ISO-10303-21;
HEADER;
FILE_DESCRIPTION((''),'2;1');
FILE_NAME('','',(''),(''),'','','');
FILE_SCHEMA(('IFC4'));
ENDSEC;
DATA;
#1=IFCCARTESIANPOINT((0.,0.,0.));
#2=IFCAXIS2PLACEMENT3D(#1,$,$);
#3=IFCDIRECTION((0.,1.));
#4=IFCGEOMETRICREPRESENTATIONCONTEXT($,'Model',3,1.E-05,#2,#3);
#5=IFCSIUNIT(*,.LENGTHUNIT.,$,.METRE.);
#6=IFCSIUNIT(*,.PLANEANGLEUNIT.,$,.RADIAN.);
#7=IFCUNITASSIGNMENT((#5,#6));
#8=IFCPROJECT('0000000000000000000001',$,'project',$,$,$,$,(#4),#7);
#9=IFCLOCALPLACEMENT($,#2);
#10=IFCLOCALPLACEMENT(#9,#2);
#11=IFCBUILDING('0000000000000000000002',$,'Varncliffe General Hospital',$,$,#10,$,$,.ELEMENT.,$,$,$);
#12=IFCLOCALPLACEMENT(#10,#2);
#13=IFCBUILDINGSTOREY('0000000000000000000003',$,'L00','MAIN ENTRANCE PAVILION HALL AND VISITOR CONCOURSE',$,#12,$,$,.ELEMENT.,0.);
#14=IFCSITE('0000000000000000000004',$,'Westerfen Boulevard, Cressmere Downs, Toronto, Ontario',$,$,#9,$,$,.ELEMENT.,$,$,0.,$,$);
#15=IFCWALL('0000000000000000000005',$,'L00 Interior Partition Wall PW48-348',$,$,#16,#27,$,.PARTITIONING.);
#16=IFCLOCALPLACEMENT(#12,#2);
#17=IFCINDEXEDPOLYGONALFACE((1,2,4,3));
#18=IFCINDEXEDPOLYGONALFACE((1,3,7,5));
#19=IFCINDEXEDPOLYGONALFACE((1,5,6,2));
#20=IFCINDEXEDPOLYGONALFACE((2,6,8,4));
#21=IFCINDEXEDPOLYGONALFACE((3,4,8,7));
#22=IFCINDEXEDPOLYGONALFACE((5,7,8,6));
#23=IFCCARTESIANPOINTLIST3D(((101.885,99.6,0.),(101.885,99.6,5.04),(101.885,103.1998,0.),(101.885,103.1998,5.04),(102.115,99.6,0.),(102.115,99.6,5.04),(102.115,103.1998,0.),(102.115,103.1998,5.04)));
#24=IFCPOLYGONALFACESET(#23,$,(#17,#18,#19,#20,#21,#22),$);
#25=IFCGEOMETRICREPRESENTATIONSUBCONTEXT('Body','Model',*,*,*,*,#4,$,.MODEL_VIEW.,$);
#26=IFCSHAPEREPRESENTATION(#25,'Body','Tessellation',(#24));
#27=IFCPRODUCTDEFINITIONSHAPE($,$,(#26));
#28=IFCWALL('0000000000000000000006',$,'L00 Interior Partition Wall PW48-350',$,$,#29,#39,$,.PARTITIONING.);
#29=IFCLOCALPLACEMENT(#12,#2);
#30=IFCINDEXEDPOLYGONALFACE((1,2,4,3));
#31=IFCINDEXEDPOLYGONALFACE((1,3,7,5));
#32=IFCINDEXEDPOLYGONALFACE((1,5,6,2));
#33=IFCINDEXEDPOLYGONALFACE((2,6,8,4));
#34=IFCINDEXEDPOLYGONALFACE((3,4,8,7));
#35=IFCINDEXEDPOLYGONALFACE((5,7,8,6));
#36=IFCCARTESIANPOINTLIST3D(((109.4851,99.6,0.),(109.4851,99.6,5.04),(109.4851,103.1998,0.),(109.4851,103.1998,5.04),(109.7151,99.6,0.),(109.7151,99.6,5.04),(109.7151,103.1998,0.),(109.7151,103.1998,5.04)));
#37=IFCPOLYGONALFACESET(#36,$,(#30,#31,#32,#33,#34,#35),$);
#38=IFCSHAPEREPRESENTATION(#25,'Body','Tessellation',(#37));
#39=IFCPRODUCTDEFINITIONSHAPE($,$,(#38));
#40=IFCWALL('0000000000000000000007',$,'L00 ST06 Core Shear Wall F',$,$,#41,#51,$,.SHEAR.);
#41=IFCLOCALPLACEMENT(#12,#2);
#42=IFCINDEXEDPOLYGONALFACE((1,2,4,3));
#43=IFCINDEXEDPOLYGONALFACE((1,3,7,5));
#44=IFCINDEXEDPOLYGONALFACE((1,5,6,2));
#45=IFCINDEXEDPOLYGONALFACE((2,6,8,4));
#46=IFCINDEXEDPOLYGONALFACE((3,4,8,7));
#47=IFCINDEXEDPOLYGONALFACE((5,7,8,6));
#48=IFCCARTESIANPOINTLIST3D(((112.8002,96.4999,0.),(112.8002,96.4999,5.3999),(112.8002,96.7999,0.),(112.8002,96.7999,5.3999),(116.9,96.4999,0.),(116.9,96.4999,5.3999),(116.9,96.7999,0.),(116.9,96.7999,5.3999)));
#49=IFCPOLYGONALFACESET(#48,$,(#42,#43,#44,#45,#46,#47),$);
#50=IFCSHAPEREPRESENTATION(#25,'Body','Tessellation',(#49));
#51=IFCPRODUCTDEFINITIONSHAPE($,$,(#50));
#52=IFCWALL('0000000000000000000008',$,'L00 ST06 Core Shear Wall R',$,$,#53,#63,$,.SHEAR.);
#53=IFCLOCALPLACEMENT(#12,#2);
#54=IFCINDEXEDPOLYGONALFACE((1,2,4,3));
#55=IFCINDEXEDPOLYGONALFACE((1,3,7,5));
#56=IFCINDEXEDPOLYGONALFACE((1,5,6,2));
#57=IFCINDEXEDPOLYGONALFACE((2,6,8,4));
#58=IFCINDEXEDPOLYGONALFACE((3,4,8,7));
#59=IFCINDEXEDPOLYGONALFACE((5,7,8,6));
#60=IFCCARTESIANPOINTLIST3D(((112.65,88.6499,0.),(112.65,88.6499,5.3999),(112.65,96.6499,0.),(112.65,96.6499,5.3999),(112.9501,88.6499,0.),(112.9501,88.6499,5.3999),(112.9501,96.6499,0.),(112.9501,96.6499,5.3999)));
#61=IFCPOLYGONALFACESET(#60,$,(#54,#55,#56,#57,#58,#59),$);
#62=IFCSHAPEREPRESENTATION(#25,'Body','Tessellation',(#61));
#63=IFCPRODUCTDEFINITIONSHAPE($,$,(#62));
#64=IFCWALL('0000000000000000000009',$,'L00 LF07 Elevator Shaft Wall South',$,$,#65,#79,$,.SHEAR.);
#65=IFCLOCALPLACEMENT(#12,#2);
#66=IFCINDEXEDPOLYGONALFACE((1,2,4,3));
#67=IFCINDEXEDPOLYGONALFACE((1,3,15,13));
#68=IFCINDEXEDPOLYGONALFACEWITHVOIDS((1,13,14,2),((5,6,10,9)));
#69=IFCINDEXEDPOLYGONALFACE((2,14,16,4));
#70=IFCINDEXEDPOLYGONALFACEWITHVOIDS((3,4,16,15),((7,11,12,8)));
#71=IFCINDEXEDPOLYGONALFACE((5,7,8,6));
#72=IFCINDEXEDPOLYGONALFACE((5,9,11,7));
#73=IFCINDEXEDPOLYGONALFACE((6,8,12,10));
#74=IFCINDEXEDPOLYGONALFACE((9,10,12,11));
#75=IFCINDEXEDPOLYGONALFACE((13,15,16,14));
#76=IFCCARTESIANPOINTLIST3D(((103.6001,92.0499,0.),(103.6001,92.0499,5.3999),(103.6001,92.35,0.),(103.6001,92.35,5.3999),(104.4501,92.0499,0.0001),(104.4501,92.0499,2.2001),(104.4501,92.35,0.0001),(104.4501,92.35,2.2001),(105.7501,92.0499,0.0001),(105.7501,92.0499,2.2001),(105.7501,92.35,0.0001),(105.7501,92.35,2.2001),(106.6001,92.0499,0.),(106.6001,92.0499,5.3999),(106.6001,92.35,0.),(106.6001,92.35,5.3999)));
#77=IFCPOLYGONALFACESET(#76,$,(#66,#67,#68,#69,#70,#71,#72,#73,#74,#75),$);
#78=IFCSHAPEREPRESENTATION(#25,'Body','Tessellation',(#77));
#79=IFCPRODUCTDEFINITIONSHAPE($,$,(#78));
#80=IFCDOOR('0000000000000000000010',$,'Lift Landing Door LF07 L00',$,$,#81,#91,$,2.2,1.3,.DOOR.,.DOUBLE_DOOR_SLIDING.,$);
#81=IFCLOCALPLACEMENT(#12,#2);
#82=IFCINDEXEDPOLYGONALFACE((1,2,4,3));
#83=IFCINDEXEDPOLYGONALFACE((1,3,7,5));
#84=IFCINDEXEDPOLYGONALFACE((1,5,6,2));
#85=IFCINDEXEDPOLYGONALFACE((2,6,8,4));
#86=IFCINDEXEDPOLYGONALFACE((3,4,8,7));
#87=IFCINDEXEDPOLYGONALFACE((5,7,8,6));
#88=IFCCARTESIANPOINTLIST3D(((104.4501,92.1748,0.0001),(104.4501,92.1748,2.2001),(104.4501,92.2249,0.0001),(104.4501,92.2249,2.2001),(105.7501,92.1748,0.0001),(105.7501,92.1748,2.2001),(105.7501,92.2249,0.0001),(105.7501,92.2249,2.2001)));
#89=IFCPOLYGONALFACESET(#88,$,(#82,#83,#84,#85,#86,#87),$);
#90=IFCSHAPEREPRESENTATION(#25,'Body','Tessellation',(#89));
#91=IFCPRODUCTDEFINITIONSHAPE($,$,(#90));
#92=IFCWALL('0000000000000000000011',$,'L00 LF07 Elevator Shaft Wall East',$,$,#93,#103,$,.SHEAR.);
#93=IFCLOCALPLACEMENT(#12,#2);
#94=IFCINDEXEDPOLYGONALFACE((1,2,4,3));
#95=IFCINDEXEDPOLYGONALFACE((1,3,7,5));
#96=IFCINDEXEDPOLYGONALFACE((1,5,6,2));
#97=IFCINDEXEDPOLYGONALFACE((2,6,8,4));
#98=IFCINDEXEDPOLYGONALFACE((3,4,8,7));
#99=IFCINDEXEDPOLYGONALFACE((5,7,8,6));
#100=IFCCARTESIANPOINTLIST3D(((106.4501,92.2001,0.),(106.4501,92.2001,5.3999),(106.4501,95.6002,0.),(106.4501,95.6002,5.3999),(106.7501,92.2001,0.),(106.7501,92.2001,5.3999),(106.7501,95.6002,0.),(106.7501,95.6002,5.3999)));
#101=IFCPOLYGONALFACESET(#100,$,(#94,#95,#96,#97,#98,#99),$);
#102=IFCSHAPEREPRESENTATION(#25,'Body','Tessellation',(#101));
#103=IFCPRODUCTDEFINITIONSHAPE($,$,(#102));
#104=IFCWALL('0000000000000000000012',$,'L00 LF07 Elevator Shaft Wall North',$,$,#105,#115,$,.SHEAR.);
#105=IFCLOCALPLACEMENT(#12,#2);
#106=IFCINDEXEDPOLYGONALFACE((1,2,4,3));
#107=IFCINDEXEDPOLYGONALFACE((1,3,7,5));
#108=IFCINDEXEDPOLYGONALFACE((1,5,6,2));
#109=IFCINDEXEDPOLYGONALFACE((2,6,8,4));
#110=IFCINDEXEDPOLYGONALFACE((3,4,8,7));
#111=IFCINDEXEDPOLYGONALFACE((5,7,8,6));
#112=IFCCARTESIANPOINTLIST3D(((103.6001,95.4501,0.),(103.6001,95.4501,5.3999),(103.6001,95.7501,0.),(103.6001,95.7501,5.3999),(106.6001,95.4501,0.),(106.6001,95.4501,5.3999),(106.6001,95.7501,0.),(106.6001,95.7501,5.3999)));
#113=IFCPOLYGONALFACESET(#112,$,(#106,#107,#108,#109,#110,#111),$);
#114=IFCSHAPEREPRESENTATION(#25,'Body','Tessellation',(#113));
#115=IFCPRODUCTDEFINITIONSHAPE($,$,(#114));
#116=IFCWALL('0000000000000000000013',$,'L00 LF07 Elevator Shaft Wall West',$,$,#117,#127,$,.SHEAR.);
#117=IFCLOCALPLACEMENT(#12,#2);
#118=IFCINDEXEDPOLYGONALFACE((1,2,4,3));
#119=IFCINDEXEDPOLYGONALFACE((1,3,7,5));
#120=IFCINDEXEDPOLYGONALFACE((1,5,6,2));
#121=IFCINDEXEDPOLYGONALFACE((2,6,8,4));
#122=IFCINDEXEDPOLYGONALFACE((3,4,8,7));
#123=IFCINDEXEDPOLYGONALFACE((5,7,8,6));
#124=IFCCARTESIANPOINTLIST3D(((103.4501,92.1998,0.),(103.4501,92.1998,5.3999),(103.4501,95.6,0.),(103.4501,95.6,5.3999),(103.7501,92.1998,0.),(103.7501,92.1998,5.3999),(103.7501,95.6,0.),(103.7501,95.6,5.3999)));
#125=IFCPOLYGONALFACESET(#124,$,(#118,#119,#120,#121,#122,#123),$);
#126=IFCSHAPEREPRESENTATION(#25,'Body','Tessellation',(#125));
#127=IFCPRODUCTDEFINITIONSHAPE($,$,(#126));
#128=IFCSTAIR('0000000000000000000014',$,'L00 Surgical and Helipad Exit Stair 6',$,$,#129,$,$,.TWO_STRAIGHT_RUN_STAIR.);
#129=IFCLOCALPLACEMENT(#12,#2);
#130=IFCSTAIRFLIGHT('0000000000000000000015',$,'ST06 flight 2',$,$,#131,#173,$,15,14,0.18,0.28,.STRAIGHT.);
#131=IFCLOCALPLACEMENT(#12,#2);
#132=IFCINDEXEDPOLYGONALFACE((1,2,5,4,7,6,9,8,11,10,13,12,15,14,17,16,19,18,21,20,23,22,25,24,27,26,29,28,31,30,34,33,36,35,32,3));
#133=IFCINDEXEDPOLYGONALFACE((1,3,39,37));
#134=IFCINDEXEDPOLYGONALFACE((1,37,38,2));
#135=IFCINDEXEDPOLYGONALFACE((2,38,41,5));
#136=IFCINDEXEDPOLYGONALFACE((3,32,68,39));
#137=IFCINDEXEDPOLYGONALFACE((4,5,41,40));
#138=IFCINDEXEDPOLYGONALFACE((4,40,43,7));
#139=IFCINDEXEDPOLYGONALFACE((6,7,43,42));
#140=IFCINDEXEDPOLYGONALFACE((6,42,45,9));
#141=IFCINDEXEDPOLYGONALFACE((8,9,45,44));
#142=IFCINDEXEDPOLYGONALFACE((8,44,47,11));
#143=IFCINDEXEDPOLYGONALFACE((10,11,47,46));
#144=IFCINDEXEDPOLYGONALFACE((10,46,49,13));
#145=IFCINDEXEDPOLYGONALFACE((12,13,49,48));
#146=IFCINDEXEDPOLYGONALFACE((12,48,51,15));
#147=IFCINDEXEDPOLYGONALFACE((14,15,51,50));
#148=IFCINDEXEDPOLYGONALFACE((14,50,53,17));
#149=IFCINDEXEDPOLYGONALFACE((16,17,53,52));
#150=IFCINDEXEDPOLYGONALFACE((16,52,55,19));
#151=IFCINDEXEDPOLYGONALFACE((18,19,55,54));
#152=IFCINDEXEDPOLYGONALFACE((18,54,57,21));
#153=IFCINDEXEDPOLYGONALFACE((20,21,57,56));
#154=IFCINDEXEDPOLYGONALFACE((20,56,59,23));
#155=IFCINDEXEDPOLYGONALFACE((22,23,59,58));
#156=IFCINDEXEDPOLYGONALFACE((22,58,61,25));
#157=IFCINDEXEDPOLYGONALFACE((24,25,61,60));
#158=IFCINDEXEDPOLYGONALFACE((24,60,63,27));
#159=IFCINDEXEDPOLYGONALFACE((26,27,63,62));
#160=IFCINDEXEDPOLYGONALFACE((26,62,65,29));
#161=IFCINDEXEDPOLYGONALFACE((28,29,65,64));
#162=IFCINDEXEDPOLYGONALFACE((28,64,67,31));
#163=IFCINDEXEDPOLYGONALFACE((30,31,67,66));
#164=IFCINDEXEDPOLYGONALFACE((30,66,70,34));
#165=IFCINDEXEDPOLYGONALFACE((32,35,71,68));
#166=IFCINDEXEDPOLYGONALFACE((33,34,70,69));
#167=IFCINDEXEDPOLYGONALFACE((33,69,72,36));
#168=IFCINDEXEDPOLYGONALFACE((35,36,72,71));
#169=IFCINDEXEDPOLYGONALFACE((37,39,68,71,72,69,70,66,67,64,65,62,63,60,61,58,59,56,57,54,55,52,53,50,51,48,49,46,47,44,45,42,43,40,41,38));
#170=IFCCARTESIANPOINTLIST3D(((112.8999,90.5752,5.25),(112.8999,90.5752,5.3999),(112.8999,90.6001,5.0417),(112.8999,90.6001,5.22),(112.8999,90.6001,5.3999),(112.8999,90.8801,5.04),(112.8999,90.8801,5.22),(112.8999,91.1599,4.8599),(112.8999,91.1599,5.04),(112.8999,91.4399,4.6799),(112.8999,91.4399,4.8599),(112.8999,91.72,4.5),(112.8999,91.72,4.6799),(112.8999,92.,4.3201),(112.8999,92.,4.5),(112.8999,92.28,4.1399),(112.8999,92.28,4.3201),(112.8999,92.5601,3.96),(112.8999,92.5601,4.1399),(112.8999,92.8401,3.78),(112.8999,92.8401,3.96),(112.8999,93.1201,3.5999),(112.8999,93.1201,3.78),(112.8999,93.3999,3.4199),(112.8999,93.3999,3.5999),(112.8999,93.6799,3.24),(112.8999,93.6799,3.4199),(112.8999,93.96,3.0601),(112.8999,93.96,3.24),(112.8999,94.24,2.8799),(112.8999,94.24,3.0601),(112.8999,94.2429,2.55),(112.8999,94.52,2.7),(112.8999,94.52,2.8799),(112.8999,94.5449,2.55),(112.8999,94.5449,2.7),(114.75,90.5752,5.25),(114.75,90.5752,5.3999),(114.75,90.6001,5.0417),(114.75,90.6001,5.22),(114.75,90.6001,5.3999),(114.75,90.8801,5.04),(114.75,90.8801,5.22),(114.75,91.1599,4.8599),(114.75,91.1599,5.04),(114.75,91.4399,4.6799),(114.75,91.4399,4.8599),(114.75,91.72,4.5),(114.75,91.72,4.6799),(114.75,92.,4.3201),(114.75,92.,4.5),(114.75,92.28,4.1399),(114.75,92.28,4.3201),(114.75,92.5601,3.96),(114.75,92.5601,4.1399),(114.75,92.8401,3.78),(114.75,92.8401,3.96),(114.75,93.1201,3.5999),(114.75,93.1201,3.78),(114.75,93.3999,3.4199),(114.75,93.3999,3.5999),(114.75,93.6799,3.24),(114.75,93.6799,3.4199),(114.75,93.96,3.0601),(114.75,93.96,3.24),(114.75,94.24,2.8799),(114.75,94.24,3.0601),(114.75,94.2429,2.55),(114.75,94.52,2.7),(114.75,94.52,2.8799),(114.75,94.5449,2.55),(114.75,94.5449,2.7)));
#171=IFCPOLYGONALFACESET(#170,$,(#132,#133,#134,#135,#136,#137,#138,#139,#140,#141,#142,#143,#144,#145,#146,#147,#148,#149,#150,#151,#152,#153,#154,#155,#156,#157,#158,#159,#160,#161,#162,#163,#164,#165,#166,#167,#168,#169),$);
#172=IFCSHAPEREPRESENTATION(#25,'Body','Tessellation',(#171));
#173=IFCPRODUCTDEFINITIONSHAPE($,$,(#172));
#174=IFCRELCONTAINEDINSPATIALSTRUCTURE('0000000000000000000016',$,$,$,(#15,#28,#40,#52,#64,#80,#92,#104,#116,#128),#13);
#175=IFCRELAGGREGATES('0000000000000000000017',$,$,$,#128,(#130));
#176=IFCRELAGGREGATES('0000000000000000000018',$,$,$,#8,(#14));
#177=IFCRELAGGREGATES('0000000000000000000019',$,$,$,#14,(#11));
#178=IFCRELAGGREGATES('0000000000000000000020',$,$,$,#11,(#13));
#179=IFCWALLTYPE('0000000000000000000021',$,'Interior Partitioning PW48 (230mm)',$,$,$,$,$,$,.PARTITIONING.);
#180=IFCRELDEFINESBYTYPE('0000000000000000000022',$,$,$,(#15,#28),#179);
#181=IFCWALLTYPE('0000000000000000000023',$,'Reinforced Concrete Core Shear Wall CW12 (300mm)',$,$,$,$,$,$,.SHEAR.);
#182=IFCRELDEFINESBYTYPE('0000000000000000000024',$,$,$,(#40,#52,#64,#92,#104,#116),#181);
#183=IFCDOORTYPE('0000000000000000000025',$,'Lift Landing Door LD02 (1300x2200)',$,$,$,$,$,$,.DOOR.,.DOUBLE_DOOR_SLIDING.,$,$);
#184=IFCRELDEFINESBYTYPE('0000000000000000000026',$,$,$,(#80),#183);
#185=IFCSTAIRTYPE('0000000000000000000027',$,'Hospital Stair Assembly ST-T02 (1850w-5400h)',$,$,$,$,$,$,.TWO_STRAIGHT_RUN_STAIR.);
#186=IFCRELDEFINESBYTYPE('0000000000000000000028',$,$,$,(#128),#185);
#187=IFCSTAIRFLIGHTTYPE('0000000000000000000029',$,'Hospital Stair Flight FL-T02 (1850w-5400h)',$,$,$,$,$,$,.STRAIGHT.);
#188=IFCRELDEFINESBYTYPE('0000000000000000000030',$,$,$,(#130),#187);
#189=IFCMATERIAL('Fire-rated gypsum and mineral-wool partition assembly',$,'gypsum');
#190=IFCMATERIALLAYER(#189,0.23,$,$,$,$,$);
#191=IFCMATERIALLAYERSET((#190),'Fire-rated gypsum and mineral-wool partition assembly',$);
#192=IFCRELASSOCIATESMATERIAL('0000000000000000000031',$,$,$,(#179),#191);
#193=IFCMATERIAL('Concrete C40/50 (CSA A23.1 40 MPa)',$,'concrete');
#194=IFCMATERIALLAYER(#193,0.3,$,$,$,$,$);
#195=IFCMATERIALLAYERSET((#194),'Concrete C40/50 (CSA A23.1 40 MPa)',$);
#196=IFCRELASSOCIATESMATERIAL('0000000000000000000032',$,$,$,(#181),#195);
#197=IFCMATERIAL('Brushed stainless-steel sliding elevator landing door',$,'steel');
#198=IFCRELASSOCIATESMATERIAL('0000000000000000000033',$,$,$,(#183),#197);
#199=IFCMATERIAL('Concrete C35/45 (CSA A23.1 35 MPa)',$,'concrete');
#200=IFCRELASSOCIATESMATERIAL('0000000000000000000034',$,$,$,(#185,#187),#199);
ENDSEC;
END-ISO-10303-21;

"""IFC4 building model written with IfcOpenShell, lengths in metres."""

from ifc_helpers import new_model, si_unit, direction, frame, frame_2d, origin, place, context, subcontext, project, spatial, polyline, rectangle, outline, extrude, material, layer, layer_set, type_object, element, fill, aggregate, save


model = new_model("IFC4")

# Units and contexts
model_context = context("Model", 3, precision=1e-05, world=origin(), true_north=direction((0.0, 1.0)))
body_context = subcontext(model_context, "Body", "Model", "MODEL_VIEW")
ifc_project = project(units=[si_unit("LENGTHUNIT", "METRE"), si_unit("PLANEANGLEUNIT", "RADIAN")], contexts=[model_context])

# Site, building, storey
site_placement = place(None, origin())
site = spatial("IfcSite", under=ifc_project, at=site_placement, Name="Westerfen Boulevard, Cressmere Downs, Toronto, Ontario", CompositionType="ELEMENT", RefElevation=0.0)
building_placement = place(site_placement, origin())
building = spatial("IfcBuilding", under=site, at=building_placement, Name="Varncliffe General Hospital", CompositionType="ELEMENT")
storey_placement = place(building_placement, origin())
storey = spatial("IfcBuildingStorey", under=building, at=storey_placement, Name="L00", Description="MAIN ENTRANCE PAVILION HALL AND VISITOR CONCOURSE", CompositionType="ELEMENT", Elevation=0.0)

# Shared definitions
ifc_material_1 = material(Name="Concrete C40/50 (CSA A23.1 40 MPa)", Category="concrete")

# Shared definitions
ifc_material_2 = material(Name="Concrete C35/45 (CSA A23.1 35 MPa)", Category="concrete")

# Walls
ifc_material_3 = material(Name="Fire-rated gypsum and mineral-wool partition assembly", Category="gypsum")
ifc_layer_1 = layer(ifc_material_3, 0.23)
ifc_layer_set_1 = layer_set([ifc_layer_1], Name="Fire-rated gypsum and mineral-wool partition assembly")
wall_type_1 = type_object("IfcWallType", Name="Interior Partitioning PW48 (230mm)", PredefinedType="PARTITIONING", material=ifc_layer_set_1)
for number, where, z_axis, x_axis, name in (
    (1, (102.0, 99.6001, 0.0), (0.0, 0.0, 1.0), (0.0, 1.0, 0.0), "L00 Interior Partition Wall PW48-348"),
    (2, (109.6001, 99.6001, 0.0), (0.0, 0.0, 1.0), (0.0, 1.0, 0.0), "L00 Interior Partition Wall PW48-350"),
):
    element("IfcWall", number, at=place(storey_placement, frame(where, z_axis=z_axis, x_axis=x_axis)), inside=storey, type_object=wall_type_1, Name=name, PredefinedType="PARTITIONING", context=body_context, shape_type="SweptSolid", body=[
        extrude(rectangle(XDim=3.5999, YDim=0.23, at=frame_2d((1.7998, 0.0))), origin(), (0.0, 0.0, 1.0), 5.04),
    ])
ifc_layer_2 = layer(ifc_material_1, 0.3)
ifc_layer_set_2 = layer_set([ifc_layer_2], Name="Concrete C40/50 (CSA A23.1 40 MPa)")
wall_type_2 = type_object("IfcWallType", Name="Reinforced Concrete Core Shear Wall CW12 (300mm)", PredefinedType="SHEAR", material=ifc_layer_set_2)
wall_1_placement = place(storey_placement, frame((116.8999, 96.6499, 0.0), z_axis=(0.0, 0.0, 1.0), x_axis=(-1.0, 0.0, 0.0)))
element("IfcWall", 3, at=wall_1_placement, inside=storey, type_object=wall_type_2, Name="L00 ST06 Core Shear Wall F", PredefinedType="SHEAR", context=body_context, shape_type="SweptSolid", body=[
    extrude(rectangle(XDim=4.0999, YDim=0.3, at=frame_2d((2.0498, 0.0))), origin(), (0.0, 0.0, 1.0), 5.3999),
])
wall_2_placement = place(storey_placement, frame((112.8, 96.6499, 0.0), z_axis=(0.0, 0.0, 1.0), x_axis=(0.0, -1.0, 0.0)))
element("IfcWall", 4, at=wall_2_placement, inside=storey, type_object=wall_type_2, Name="L00 ST06 Core Shear Wall R", PredefinedType="SHEAR", context=body_context, shape_type="SweptSolid", body=[
    extrude(rectangle(XDim=8.0, YDim=0.3, at=frame_2d((4.0, 0.0))), origin(), (0.0, 0.0, 1.0), 5.3999),
])

# Wall, opening, door
wall_3_placement = place(storey_placement, frame((103.6001, 92.2, 0.0), z_axis=(0.0, 0.0, 1.0), x_axis=(1.0, 0.0, 0.0)))
wall_3 = element("IfcWall", 5, at=wall_3_placement, inside=storey, type_object=wall_type_2, Name="L00 LF07 Elevator Shaft Wall South", PredefinedType="SHEAR", context=body_context, shape_type="SweptSolid", body=[
    extrude(rectangle(XDim=3.0, YDim=0.3, at=frame_2d((1.5, 0.0))), origin(), (0.0, 0.0, 1.0), 5.3999),
])
opening_placement = place(wall_3_placement, frame((0.8501, 0.0, 0.0)))
opening = element("IfcOpeningElement", 6, at=opening_placement, cuts=wall_3, PredefinedType="OPENING", context=body_context, shape_type="SweptSolid", body=[
    extrude(rectangle(XDim=1.3, YDim=2.2, at=frame_2d((0.6499, 1.1001))), frame((0.0, 0.1602, 0.0), z_axis=(0.0, -1.0, 0.0), x_axis=(1.0, 0.0, 0.0)), (0.0, 0.0, 1.0), 0.3201),
])
ifc_material_4 = material(Name="Brushed stainless-steel sliding elevator landing door", Category="steel")
door_type = type_object("IfcDoorType", Name="Lift Landing Door LD02 (1300x2200)", OperationType="DOUBLE_DOOR_SLIDING", PredefinedType="DOOR", material=ifc_material_4)
door_placement = place(opening_placement, origin())
door = element("IfcDoor", 7, at=door_placement, inside=storey, type_object=door_type, Name="Lift Landing Door LF07 L00", OperationType="DOUBLE_DOOR_SLIDING", OverallHeight=2.2, OverallWidth=1.3, PredefinedType="DOOR", context=body_context, shape_type="SweptSolid", body=[
    extrude(rectangle(XDim=1.3, YDim=2.2, at=frame_2d((0.6499, 1.1001))), frame((0.0, 0.0249, 0.0), z_axis=(0.0, -1.0, 0.0), x_axis=(1.0, 0.0, 0.0)), (0.0, 0.0, 1.0), 0.05),
])
fill(opening, door)

# Walls
wall_4_placement = place(storey_placement, frame((106.6001, 92.2, 0.0), z_axis=(0.0, 0.0, 1.0), x_axis=(0.0, 1.0, 0.0)))
element("IfcWall", 8, at=wall_4_placement, inside=storey, type_object=wall_type_2, Name="L00 LF07 Elevator Shaft Wall East", PredefinedType="SHEAR", context=body_context, shape_type="SweptSolid", body=[
    extrude(rectangle(XDim=3.4001, YDim=0.3, at=frame_2d((1.7002, 0.0))), origin(), (0.0, 0.0, 1.0), 5.3999),
])
wall_5_placement = place(storey_placement, frame((106.6001, 95.6001, 0.0), z_axis=(0.0, 0.0, 1.0), x_axis=(-1.0, 0.0, 0.0)))
element("IfcWall", 9, at=wall_5_placement, inside=storey, type_object=wall_type_2, Name="L00 LF07 Elevator Shaft Wall North", PredefinedType="SHEAR", context=body_context, shape_type="SweptSolid", body=[
    extrude(rectangle(XDim=3.0, YDim=0.3, at=frame_2d((1.5, 0.0))), origin(), (0.0, 0.0, 1.0), 5.3999),
])
wall_6_placement = place(storey_placement, frame((103.6001, 95.6001, 0.0), z_axis=(0.0, 0.0, 1.0), x_axis=(0.0, -1.0, 0.0)))
element("IfcWall", 10, at=wall_6_placement, inside=storey, type_object=wall_type_2, Name="L00 LF07 Elevator Shaft Wall West", PredefinedType="SHEAR", context=body_context, shape_type="SweptSolid", body=[
    extrude(rectangle(XDim=3.4001, YDim=0.3, at=frame_2d((1.7002, 0.0))), origin(), (0.0, 0.0, 1.0), 5.3999),
])

# Stair, stair flight
stair_type = type_object("IfcStairType", Name="Hospital Stair Assembly ST-T02 (1850w-5400h)", PredefinedType="TWO_STRAIGHT_RUN_STAIR", material=ifc_material_2)
stair_placement = place(storey_placement, origin())
stair = element("IfcStair", 11, at=stair_placement, inside=storey, type_object=stair_type, Name="L00 Surgical and Helipad Exit Stair 6", PredefinedType="TWO_STRAIGHT_RUN_STAIR")
stair_flight_type = type_object("IfcStairFlightType", Name="Hospital Stair Flight FL-T02 (1850w-5400h)", PredefinedType="STRAIGHT", material=ifc_material_2)
stair_flight_placement = place(storey_placement, frame((113.825, 94.52, 2.7), z_axis=(0.0, 0.0, 1.0), x_axis=(0.0, -1.0, 0.0)))
stair_flight = element("IfcStairFlight", 12, at=stair_flight_placement, type_object=stair_flight_type, Name="ST06 flight 2", NumberOfRisers=15, NumberOfTreads=14, PredefinedType="STRAIGHT", RiserHeight=0.18, TreadLength=0.28, context=body_context, shape_type="SweptSolid", body=[
    extrude(outline(polyline([(-0.0249, -0.1499), (-0.0249, 0.0), (0.0, 0.0), (0.0, 0.1799), (0.28, 0.1799), (0.28, 0.3601), (0.5601, 0.3601), (0.5601, 0.54), (0.8401, 0.54), (0.8401, 0.72), (1.1201, 0.72), (1.1201, 0.8999), (1.3999, 0.8999), (1.3999, 1.0801), (1.6799, 1.0801), (1.6799, 1.26), (1.96, 1.26), (1.96, 1.4399), (2.24, 1.4399), (2.24, 1.6201), (2.52, 1.6201), (2.52, 1.8), (2.8, 1.8), (2.8, 1.98), (3.0801, 1.98), (3.0801, 2.1599), (3.3601, 2.1599), (3.3601, 2.3401), (3.6399, 2.3401), (3.6399, 2.52), (3.9199, 2.52), (3.9199, 2.7), (3.9448, 2.7), (3.9448, 2.55), (3.9199, 2.3418), (0.2771, -0.1499), (-0.0249, -0.1499)])), frame((0.0, 0.925, 0.0), z_axis=(0.0, -1.0, 0.0), x_axis=(1.0, 0.0, 0.0)), (0.0, 0.0, 1.0), 1.8501),
])
aggregate(stair, [stair_flight])

save(model, "model.ifc")
